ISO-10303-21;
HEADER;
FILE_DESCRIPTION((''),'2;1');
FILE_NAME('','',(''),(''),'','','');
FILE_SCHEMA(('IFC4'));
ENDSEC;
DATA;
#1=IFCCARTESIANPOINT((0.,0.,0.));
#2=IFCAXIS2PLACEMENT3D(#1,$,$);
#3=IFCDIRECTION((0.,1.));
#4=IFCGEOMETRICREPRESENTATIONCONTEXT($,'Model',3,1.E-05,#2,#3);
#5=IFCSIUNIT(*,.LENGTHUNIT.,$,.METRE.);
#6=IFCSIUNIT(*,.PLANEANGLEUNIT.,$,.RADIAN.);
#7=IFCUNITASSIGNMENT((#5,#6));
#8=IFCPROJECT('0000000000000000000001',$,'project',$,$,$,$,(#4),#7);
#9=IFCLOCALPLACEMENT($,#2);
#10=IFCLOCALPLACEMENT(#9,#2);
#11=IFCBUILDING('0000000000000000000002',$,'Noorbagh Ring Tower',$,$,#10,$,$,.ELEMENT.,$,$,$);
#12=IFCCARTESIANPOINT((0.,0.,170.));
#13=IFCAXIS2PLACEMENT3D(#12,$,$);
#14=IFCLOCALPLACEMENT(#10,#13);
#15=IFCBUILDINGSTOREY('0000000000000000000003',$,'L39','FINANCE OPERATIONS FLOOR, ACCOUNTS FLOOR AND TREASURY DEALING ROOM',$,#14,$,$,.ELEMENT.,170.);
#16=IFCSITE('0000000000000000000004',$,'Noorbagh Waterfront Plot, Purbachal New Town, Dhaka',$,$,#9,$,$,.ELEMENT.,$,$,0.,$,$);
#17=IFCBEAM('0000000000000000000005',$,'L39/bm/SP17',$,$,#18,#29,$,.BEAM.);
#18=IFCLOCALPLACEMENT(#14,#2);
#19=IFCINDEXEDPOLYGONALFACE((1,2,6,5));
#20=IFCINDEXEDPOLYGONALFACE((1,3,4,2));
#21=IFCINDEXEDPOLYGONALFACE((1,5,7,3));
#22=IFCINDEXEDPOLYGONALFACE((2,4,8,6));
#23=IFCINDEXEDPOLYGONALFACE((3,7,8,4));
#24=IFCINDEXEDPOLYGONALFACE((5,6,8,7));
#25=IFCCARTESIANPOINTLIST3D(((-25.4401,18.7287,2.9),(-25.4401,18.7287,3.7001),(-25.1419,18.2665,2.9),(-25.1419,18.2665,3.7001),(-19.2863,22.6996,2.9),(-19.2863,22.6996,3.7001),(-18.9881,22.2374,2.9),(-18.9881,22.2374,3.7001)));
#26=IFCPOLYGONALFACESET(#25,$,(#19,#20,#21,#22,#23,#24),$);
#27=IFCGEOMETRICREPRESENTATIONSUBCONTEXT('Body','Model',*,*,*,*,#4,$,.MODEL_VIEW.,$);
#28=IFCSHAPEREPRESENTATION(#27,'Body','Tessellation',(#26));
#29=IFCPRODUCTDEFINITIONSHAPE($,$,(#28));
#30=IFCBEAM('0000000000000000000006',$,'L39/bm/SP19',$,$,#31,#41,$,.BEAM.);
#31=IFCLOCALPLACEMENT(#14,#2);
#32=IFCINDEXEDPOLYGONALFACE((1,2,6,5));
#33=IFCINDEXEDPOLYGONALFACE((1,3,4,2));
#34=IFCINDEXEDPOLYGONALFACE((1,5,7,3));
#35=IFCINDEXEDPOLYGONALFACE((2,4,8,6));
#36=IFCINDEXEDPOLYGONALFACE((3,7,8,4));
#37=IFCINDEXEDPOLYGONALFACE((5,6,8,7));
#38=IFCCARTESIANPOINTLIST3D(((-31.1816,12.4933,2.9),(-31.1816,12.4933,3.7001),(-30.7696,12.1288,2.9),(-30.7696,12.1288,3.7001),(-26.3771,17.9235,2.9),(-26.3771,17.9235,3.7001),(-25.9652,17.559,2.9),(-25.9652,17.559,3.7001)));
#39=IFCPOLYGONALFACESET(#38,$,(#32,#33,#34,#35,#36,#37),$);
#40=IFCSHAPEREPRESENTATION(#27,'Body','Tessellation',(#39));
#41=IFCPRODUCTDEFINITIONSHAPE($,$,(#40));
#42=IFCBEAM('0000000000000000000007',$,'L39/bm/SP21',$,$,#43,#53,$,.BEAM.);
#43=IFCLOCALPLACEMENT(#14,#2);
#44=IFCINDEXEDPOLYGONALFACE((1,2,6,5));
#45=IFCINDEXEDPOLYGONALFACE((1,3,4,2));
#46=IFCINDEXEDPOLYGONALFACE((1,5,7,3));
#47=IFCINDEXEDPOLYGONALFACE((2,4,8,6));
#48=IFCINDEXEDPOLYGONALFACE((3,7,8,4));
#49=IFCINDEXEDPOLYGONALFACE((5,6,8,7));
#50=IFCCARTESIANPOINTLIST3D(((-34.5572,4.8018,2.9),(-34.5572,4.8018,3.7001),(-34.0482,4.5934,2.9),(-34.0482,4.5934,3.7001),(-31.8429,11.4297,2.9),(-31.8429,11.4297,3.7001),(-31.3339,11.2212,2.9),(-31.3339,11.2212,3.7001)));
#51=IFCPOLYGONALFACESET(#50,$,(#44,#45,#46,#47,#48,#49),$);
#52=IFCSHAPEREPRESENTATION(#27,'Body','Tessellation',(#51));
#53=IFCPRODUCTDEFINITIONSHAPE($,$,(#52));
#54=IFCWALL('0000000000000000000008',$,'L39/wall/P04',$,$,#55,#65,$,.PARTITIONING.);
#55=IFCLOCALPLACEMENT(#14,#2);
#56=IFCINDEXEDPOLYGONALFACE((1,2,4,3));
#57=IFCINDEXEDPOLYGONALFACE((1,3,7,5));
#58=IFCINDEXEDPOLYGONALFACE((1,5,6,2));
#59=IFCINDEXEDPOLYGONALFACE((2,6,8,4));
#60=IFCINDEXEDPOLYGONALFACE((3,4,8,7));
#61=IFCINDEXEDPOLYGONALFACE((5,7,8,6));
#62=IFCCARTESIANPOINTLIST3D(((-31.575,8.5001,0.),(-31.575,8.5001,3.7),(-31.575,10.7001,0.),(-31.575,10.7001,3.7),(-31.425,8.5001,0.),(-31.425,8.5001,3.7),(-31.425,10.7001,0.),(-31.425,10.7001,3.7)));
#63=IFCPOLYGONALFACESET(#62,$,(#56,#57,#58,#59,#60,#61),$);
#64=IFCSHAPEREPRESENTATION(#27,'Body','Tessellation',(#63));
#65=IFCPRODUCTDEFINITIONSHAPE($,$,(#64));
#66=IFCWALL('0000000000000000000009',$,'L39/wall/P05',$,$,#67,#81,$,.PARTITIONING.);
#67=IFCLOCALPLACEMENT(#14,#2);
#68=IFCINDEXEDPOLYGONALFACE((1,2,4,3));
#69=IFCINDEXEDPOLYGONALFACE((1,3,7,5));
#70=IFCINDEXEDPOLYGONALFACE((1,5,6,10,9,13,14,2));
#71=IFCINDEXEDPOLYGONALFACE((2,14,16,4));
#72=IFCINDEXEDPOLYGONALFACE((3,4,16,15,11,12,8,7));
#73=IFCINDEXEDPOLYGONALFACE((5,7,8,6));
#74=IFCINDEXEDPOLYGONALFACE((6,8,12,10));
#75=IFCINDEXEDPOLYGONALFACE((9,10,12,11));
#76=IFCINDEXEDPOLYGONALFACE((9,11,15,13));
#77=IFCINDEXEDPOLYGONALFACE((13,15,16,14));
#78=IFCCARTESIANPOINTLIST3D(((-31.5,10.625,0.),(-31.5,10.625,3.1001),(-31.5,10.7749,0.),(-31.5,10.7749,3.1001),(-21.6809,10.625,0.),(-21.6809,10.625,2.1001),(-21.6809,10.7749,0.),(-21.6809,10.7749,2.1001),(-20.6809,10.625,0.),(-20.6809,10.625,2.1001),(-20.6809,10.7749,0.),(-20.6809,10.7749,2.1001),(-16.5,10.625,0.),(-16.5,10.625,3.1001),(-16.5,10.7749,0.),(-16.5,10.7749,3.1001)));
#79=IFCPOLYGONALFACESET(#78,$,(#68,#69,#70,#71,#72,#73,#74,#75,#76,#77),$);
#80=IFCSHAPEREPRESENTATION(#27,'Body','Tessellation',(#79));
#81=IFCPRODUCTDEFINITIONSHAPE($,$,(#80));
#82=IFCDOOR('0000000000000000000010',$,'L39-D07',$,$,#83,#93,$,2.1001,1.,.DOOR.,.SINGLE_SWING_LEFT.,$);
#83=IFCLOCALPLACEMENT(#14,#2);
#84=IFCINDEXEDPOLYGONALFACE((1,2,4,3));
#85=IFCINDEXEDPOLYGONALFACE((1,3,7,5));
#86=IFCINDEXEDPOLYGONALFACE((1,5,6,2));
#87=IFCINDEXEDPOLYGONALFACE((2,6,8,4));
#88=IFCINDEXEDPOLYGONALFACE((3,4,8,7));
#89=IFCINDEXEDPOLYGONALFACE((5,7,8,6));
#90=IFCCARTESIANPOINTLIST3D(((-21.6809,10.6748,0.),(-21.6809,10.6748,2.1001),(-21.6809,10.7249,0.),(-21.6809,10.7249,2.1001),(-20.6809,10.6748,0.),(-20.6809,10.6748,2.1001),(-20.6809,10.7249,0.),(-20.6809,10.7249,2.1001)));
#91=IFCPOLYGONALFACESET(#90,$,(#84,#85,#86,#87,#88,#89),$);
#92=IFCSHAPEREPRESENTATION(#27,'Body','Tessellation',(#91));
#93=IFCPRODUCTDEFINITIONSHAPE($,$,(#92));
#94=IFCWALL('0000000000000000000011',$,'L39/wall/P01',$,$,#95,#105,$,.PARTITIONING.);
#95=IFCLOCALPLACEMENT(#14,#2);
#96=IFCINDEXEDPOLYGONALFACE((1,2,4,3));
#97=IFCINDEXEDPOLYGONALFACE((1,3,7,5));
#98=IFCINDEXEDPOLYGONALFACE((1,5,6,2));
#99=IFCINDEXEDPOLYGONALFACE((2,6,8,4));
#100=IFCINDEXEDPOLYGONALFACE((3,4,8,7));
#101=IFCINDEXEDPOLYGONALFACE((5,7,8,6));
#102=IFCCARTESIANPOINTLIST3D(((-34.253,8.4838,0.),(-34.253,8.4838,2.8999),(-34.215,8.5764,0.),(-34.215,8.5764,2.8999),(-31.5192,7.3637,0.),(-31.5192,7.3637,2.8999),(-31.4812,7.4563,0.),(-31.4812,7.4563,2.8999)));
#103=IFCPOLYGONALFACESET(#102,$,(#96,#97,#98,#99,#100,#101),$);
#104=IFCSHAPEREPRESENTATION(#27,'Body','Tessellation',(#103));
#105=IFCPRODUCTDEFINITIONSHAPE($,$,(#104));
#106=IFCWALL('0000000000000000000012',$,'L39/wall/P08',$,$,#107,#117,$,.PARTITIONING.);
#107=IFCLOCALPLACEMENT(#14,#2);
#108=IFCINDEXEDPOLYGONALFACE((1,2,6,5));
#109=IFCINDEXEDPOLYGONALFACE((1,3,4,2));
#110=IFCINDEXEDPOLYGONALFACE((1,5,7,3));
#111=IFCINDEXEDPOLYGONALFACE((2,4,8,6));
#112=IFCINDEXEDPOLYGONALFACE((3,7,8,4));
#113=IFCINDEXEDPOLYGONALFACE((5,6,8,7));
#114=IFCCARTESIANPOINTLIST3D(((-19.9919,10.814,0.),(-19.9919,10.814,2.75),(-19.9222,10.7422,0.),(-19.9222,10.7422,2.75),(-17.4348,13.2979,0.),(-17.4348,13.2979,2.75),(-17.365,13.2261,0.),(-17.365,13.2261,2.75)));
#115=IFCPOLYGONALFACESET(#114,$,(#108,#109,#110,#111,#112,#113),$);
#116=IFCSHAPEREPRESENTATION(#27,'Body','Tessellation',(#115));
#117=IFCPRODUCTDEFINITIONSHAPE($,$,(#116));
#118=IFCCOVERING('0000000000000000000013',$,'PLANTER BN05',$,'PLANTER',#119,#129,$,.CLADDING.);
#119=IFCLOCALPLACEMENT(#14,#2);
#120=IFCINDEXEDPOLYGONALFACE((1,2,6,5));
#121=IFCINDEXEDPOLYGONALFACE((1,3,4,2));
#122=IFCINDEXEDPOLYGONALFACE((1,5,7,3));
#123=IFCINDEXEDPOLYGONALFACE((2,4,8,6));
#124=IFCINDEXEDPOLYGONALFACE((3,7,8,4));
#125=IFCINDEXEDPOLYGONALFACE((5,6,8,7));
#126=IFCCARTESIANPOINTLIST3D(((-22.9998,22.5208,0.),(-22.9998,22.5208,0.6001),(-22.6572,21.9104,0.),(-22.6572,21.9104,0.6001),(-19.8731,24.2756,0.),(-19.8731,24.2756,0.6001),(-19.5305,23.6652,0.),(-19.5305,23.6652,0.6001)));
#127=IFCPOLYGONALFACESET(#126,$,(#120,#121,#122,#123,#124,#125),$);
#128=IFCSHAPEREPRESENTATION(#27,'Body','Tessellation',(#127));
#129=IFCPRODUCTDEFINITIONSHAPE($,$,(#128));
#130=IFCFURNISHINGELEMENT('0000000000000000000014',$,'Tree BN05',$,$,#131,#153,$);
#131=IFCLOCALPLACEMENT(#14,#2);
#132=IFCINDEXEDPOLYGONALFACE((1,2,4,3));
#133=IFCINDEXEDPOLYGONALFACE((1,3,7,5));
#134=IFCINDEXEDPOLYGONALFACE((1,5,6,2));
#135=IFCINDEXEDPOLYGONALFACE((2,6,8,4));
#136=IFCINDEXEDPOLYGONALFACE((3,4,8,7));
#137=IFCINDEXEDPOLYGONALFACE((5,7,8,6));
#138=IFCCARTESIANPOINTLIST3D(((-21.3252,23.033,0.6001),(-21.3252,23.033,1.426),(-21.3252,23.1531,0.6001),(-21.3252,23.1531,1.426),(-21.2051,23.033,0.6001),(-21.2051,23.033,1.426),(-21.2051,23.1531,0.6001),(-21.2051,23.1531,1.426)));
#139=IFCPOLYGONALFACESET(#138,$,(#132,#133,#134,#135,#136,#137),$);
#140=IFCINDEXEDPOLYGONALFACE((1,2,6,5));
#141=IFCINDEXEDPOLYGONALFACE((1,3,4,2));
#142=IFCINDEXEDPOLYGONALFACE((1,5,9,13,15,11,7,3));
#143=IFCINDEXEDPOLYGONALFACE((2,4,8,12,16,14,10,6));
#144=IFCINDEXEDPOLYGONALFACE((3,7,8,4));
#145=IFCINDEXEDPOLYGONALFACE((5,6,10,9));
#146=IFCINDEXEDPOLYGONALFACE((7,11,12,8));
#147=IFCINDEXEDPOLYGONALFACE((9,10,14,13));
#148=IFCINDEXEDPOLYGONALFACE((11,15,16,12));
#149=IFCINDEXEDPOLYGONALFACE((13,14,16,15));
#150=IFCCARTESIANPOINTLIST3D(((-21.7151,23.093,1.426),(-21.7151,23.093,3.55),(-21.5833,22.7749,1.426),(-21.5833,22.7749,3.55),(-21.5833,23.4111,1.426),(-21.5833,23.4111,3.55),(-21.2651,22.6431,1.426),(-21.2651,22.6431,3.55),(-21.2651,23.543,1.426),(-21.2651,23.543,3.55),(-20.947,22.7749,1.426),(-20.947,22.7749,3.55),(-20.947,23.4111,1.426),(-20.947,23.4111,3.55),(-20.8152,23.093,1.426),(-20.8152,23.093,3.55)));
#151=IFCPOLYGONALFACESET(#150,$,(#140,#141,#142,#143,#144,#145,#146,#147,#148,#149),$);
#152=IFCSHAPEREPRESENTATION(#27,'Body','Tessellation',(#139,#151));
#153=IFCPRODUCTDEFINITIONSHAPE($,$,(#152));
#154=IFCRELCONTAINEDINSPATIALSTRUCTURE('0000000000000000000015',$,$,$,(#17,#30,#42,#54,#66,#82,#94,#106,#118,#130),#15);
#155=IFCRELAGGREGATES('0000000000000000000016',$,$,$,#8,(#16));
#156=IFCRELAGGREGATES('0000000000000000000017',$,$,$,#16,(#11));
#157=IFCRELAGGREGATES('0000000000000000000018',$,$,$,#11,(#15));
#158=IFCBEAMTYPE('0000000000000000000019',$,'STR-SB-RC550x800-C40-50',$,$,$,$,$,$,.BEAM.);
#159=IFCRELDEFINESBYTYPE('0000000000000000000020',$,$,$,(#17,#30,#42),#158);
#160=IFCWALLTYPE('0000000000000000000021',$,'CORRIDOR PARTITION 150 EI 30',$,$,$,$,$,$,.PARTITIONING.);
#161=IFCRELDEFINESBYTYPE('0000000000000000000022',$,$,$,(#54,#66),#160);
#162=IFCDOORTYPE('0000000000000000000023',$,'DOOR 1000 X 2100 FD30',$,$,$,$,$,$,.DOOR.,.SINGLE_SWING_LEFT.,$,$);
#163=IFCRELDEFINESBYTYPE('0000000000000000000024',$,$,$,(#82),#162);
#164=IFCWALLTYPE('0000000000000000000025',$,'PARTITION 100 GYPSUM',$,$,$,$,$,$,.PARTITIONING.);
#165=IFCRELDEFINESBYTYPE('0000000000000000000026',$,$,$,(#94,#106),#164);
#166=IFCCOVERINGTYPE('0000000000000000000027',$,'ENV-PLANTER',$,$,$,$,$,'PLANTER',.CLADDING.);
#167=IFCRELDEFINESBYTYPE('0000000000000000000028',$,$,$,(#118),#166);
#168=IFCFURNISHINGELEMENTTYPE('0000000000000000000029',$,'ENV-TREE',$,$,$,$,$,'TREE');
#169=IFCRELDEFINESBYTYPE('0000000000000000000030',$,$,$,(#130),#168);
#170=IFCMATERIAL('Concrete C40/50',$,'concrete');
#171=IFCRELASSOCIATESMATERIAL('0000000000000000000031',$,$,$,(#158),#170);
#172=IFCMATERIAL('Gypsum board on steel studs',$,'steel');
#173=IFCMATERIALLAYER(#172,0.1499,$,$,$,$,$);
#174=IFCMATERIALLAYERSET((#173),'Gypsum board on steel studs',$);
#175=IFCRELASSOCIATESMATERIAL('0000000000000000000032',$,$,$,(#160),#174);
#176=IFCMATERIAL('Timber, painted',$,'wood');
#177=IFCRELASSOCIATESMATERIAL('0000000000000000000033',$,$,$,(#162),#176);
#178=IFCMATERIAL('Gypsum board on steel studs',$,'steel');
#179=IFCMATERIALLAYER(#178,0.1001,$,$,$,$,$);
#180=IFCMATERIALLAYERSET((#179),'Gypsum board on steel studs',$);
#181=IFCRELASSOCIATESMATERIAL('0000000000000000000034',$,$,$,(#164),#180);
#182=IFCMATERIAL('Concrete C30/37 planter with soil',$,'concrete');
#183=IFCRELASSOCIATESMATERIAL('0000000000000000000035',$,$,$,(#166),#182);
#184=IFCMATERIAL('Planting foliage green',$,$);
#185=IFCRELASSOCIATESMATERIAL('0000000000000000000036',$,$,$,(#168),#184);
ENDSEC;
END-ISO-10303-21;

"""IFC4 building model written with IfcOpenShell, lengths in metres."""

from ifc_helpers import new_model, si_unit, direction, frame, frame_2d, origin, origin_2d, place, context, subcontext, project, spatial, polyline, rectangle, outline, extrude, material, layer, layer_set, material_profile, profile_set, type_object, element, fill, save


model = new_model("IFC4")

# Units and contexts
model_context = context("Model", 3, precision=1e-05, world=origin(), true_north=direction((0.0, 1.0)))
body_context = subcontext(model_context, "Body", "Model", "MODEL_VIEW")
ifc_project = project(units=[si_unit("LENGTHUNIT", "METRE"), si_unit("PLANEANGLEUNIT", "RADIAN")], contexts=[model_context])

# Site, building, storey
site_placement = place(None, origin())
site = spatial("IfcSite", under=ifc_project, at=site_placement, Name="Noorbagh Waterfront Plot, Purbachal New Town, Dhaka", CompositionType="ELEMENT", RefElevation=0.0)
building_placement = place(site_placement, origin())
building = spatial("IfcBuilding", under=site, at=building_placement, Name="Noorbagh Ring Tower", CompositionType="ELEMENT")
storey_placement = place(building_placement, frame((0.0, 0.0, 170.0)))
storey = spatial("IfcBuildingStorey", under=building, at=storey_placement, Name="L39", Description="FINANCE OPERATIONS FLOOR, ACCOUNTS FLOOR AND TREASURY DEALING ROOM", CompositionType="ELEMENT", Elevation=170.0)

# Beams
ifc_material_1 = material(Name="Concrete C40/50", Category="concrete")
ifc_material_profile_1 = material_profile(ifc_material_1, rectangle(XDim=0.55, YDim=0.8, at=origin_2d()), Name="RC550x800")
ifc_profile_set_1 = profile_set([ifc_material_profile_1], Name="Concrete C40/50")
beam_type_1 = type_object("IfcBeamType", Name="STR-SB-RC550x800-C40-50", PredefinedType="BEAM", material=ifc_profile_set_1)
beam_1_placement = place(storey_placement, frame((-19.1372, 22.4685, 3.3), z_axis=(-0.84025, -0.542199, 0.0), x_axis=(0.542199, -0.84025, 0.0)))
element("IfcBeam", 1, at=beam_1_placement, inside=storey, type_object=beam_type_1, Name="L39/bm/SP17", PredefinedType="BEAM", context=body_context, shape_type="SweptSolid", body=[
    extrude(rectangle(XDim=0.55, YDim=0.8, at=origin_2d()), origin(), (0.0, 0.0, 1.0), 7.3237),
])
beam_2_placement = place(storey_placement, frame((-26.1711, 17.7412, 3.3), z_axis=(-0.662638, -0.74894, 0.0), x_axis=(0.74894, -0.662638, 0.0)))
element("IfcBeam", 2, at=beam_2_placement, inside=storey, type_object=beam_type_1, Name="L39/bm/SP19", PredefinedType="BEAM", context=body_context, shape_type="SweptSolid", body=[
    extrude(rectangle(XDim=0.55, YDim=0.8, at=origin_2d()), origin(), (0.0, 0.0, 1.0), 7.2505),
])
beam_3_placement = place(storey_placement, frame((-31.5884, 11.3254, 3.3), z_axis=(-0.378983, -0.925404, 0.0), x_axis=(0.925404, -0.378983, 0.0)))
element("IfcBeam", 3, at=beam_3_placement, inside=storey, type_object=beam_type_1, Name="L39/bm/SP21", PredefinedType="BEAM", context=body_context, shape_type="SweptSolid", body=[
    extrude(rectangle(XDim=0.55, YDim=0.8, at=origin_2d()), origin(), (0.0, 0.0, 1.0), 7.1621),
])

# Wall
ifc_material_2 = material(Name="Gypsum board on steel studs", Category="steel")
ifc_layer_1 = layer(ifc_material_2, 0.1499)
ifc_layer_set_1 = layer_set([ifc_layer_1], Name="Gypsum board on steel studs")
wall_type_1 = type_object("IfcWallType", Name="CORRIDOR PARTITION 150 EI 30", PredefinedType="PARTITIONING", material=ifc_layer_set_1)
wall_1_placement = place(storey_placement, frame((-31.5, 8.5, 0.0), z_axis=(0.0, 0.0, 1.0), x_axis=(0.0, 1.0, 0.0)))
element("IfcWall", 4, at=wall_1_placement, inside=storey, type_object=wall_type_1, Name="L39/wall/P04", PredefinedType="PARTITIONING", context=body_context, shape_type="SweptSolid", body=[
    extrude(rectangle(XDim=2.2, YDim=0.1499, at=frame_2d((1.1001, 0.0))), origin(), (0.0, 0.0, 1.0), 3.7),
])

# Wall, opening, door
wall_2_placement = place(storey_placement, frame((-31.5, 10.7, 0.0), z_axis=(0.0, 0.0, 1.0), x_axis=(1.0, 0.0, 0.0)))
wall_2 = element("IfcWall", 5, at=wall_2_placement, inside=storey, type_object=wall_type_1, Name="L39/wall/P05", PredefinedType="PARTITIONING", context=body_context, shape_type="SweptSolid", body=[
    extrude(rectangle(XDim=15.0, YDim=0.1499, at=frame_2d((7.5, 0.0))), origin(), (0.0, 0.0, 1.0), 3.1001),
])
opening_placement = place(wall_2_placement, frame((9.8191, 0.0, 0.0)))
opening = element("IfcOpeningElement", 6, at=opening_placement, cuts=wall_2, PredefinedType="OPENING", context=body_context, shape_type="SweptSolid", body=[
    extrude(rectangle(XDim=1.0, YDim=2.1001, at=frame_2d((0.5, 1.05))), frame((0.0, 0.085, 0.0), z_axis=(0.0, -1.0, 0.0), x_axis=(1.0, 0.0, 0.0)), (0.0, 0.0, 1.0), 0.1699),
])
ifc_material_3 = material(Name="Timber, painted", Category="wood")
door_type = type_object("IfcDoorType", Name="DOOR 1000 X 2100 FD30", OperationType="SINGLE_SWING_LEFT", PredefinedType="DOOR", material=ifc_material_3)
door_placement = place(opening_placement, origin())
door = element("IfcDoor", 7, at=door_placement, inside=storey, type_object=door_type, Name="L39-D07", OperationType="SINGLE_SWING_LEFT", OverallHeight=2.1001, OverallWidth=1.0, PredefinedType="DOOR", context=body_context, shape_type="SweptSolid", body=[
    extrude(rectangle(XDim=1.0, YDim=2.1001, at=frame_2d((0.5, 1.05))), frame((0.0, 0.0249, 0.0), z_axis=(0.0, -1.0, 0.0), x_axis=(1.0, 0.0, 0.0)), (0.0, 0.0, 1.0), 0.05),
])
fill(opening, door)

# Walls
ifc_material_4 = material(Name="Gypsum board on steel studs", Category="steel")
ifc_layer_2 = layer(ifc_material_4, 0.1001)
ifc_layer_set_2 = layer_set([ifc_layer_2], Name="Gypsum board on steel studs")
wall_type_2 = type_object("IfcWallType", Name="PARTITION 100 GYPSUM", PredefinedType="PARTITIONING", material=ifc_layer_set_2)
wall_3_placement = place(storey_placement, frame((-34.2339, 8.53, 0.0), z_axis=(0.0, 0.0, 1.0), x_axis=(0.925344, -0.379128, 0.0)))
element("IfcWall", 8, at=wall_3_placement, inside=storey, type_object=wall_type_2, Name="L39/wall/P01", PredefinedType="PARTITIONING", context=body_context, shape_type="SweptSolid", body=[
    extrude(rectangle(XDim=2.9543, YDim=0.1001, at=frame_2d((1.4771, 0.0))), origin(), (0.0, 0.0, 1.0), 2.8999),
])
wall_4_placement = place(storey_placement, frame((-19.957, 10.7781, 0.0), z_axis=(0.0, 0.0, 1.0), x_axis=(0.717305, 0.69676, 0.0)))
element("IfcWall", 9, at=wall_4_placement, inside=storey, type_object=wall_type_2, Name="L39/wall/P08", PredefinedType="PARTITIONING", context=body_context, shape_type="SweptSolid", body=[
    extrude(rectangle(XDim=3.5649, YDim=0.1001, at=frame_2d((1.7825, 0.0))), origin(), (0.0, 0.0, 1.0), 2.75),
])

# Covering
ifc_material_5 = material(Name="Concrete C30/37 planter with soil", Category="concrete")
covering_type = type_object("IfcCoveringType", Name="ENV-PLANTER", ElementType="PLANTER", PredefinedType="CLADDING", material=ifc_material_5)
covering_placement = place(storey_placement, frame((-21.2651, 23.093, 0.0), z_axis=(0.0, 0.0, 1.0), x_axis=(-0.872045, -0.489426, 0.0)))
element("IfcCovering", 10, at=covering_placement, inside=storey, type_object=covering_type, Name="PLANTER BN05", ObjectType="PLANTER", PredefinedType="CLADDING", context=body_context, shape_type="SweptSolid", body=[
    extrude(rectangle(XDim=3.5854, YDim=0.7, at=origin_2d()), origin(), (0.0, 0.0, 1.0), 0.6001),
])

# Furnishing element
ifc_material_6 = material(Name="Planting foliage green")
furnishing_element_type = type_object("IfcFurnishingElementType", Name="ENV-TREE", ElementType="TREE", material=ifc_material_6)
furnishing_placement = place(storey_placement, frame((-21.2651, 23.093, 0.6001), z_axis=(0.0, 0.0, 1.0), x_axis=(1.0, 0.0, 0.0)))
element("IfcFurnishingElement", 11, at=furnishing_placement, inside=storey, type_object=furnishing_element_type, Name="Tree BN05", context=body_context, shape_type="SweptSolid", body=[
    extrude(rectangle(XDim=0.1201, YDim=0.1201, at=origin_2d()), origin(), (0.0, 0.0, 1.0), 0.8259),
    extrude(outline(polyline([(0.45, 0.0), (0.3181, 0.3181), (0.0, 0.45), (-0.3181, 0.3181), (-0.45, 0.0), (-0.3181, -0.3181), (0.0, -0.45), (0.3181, -0.3181), (0.45, 0.0)])), frame((0.0, 0.0, 0.8259)), (0.0, 0.0, 1.0), 2.124),
])

save(model, "model.ifc")
